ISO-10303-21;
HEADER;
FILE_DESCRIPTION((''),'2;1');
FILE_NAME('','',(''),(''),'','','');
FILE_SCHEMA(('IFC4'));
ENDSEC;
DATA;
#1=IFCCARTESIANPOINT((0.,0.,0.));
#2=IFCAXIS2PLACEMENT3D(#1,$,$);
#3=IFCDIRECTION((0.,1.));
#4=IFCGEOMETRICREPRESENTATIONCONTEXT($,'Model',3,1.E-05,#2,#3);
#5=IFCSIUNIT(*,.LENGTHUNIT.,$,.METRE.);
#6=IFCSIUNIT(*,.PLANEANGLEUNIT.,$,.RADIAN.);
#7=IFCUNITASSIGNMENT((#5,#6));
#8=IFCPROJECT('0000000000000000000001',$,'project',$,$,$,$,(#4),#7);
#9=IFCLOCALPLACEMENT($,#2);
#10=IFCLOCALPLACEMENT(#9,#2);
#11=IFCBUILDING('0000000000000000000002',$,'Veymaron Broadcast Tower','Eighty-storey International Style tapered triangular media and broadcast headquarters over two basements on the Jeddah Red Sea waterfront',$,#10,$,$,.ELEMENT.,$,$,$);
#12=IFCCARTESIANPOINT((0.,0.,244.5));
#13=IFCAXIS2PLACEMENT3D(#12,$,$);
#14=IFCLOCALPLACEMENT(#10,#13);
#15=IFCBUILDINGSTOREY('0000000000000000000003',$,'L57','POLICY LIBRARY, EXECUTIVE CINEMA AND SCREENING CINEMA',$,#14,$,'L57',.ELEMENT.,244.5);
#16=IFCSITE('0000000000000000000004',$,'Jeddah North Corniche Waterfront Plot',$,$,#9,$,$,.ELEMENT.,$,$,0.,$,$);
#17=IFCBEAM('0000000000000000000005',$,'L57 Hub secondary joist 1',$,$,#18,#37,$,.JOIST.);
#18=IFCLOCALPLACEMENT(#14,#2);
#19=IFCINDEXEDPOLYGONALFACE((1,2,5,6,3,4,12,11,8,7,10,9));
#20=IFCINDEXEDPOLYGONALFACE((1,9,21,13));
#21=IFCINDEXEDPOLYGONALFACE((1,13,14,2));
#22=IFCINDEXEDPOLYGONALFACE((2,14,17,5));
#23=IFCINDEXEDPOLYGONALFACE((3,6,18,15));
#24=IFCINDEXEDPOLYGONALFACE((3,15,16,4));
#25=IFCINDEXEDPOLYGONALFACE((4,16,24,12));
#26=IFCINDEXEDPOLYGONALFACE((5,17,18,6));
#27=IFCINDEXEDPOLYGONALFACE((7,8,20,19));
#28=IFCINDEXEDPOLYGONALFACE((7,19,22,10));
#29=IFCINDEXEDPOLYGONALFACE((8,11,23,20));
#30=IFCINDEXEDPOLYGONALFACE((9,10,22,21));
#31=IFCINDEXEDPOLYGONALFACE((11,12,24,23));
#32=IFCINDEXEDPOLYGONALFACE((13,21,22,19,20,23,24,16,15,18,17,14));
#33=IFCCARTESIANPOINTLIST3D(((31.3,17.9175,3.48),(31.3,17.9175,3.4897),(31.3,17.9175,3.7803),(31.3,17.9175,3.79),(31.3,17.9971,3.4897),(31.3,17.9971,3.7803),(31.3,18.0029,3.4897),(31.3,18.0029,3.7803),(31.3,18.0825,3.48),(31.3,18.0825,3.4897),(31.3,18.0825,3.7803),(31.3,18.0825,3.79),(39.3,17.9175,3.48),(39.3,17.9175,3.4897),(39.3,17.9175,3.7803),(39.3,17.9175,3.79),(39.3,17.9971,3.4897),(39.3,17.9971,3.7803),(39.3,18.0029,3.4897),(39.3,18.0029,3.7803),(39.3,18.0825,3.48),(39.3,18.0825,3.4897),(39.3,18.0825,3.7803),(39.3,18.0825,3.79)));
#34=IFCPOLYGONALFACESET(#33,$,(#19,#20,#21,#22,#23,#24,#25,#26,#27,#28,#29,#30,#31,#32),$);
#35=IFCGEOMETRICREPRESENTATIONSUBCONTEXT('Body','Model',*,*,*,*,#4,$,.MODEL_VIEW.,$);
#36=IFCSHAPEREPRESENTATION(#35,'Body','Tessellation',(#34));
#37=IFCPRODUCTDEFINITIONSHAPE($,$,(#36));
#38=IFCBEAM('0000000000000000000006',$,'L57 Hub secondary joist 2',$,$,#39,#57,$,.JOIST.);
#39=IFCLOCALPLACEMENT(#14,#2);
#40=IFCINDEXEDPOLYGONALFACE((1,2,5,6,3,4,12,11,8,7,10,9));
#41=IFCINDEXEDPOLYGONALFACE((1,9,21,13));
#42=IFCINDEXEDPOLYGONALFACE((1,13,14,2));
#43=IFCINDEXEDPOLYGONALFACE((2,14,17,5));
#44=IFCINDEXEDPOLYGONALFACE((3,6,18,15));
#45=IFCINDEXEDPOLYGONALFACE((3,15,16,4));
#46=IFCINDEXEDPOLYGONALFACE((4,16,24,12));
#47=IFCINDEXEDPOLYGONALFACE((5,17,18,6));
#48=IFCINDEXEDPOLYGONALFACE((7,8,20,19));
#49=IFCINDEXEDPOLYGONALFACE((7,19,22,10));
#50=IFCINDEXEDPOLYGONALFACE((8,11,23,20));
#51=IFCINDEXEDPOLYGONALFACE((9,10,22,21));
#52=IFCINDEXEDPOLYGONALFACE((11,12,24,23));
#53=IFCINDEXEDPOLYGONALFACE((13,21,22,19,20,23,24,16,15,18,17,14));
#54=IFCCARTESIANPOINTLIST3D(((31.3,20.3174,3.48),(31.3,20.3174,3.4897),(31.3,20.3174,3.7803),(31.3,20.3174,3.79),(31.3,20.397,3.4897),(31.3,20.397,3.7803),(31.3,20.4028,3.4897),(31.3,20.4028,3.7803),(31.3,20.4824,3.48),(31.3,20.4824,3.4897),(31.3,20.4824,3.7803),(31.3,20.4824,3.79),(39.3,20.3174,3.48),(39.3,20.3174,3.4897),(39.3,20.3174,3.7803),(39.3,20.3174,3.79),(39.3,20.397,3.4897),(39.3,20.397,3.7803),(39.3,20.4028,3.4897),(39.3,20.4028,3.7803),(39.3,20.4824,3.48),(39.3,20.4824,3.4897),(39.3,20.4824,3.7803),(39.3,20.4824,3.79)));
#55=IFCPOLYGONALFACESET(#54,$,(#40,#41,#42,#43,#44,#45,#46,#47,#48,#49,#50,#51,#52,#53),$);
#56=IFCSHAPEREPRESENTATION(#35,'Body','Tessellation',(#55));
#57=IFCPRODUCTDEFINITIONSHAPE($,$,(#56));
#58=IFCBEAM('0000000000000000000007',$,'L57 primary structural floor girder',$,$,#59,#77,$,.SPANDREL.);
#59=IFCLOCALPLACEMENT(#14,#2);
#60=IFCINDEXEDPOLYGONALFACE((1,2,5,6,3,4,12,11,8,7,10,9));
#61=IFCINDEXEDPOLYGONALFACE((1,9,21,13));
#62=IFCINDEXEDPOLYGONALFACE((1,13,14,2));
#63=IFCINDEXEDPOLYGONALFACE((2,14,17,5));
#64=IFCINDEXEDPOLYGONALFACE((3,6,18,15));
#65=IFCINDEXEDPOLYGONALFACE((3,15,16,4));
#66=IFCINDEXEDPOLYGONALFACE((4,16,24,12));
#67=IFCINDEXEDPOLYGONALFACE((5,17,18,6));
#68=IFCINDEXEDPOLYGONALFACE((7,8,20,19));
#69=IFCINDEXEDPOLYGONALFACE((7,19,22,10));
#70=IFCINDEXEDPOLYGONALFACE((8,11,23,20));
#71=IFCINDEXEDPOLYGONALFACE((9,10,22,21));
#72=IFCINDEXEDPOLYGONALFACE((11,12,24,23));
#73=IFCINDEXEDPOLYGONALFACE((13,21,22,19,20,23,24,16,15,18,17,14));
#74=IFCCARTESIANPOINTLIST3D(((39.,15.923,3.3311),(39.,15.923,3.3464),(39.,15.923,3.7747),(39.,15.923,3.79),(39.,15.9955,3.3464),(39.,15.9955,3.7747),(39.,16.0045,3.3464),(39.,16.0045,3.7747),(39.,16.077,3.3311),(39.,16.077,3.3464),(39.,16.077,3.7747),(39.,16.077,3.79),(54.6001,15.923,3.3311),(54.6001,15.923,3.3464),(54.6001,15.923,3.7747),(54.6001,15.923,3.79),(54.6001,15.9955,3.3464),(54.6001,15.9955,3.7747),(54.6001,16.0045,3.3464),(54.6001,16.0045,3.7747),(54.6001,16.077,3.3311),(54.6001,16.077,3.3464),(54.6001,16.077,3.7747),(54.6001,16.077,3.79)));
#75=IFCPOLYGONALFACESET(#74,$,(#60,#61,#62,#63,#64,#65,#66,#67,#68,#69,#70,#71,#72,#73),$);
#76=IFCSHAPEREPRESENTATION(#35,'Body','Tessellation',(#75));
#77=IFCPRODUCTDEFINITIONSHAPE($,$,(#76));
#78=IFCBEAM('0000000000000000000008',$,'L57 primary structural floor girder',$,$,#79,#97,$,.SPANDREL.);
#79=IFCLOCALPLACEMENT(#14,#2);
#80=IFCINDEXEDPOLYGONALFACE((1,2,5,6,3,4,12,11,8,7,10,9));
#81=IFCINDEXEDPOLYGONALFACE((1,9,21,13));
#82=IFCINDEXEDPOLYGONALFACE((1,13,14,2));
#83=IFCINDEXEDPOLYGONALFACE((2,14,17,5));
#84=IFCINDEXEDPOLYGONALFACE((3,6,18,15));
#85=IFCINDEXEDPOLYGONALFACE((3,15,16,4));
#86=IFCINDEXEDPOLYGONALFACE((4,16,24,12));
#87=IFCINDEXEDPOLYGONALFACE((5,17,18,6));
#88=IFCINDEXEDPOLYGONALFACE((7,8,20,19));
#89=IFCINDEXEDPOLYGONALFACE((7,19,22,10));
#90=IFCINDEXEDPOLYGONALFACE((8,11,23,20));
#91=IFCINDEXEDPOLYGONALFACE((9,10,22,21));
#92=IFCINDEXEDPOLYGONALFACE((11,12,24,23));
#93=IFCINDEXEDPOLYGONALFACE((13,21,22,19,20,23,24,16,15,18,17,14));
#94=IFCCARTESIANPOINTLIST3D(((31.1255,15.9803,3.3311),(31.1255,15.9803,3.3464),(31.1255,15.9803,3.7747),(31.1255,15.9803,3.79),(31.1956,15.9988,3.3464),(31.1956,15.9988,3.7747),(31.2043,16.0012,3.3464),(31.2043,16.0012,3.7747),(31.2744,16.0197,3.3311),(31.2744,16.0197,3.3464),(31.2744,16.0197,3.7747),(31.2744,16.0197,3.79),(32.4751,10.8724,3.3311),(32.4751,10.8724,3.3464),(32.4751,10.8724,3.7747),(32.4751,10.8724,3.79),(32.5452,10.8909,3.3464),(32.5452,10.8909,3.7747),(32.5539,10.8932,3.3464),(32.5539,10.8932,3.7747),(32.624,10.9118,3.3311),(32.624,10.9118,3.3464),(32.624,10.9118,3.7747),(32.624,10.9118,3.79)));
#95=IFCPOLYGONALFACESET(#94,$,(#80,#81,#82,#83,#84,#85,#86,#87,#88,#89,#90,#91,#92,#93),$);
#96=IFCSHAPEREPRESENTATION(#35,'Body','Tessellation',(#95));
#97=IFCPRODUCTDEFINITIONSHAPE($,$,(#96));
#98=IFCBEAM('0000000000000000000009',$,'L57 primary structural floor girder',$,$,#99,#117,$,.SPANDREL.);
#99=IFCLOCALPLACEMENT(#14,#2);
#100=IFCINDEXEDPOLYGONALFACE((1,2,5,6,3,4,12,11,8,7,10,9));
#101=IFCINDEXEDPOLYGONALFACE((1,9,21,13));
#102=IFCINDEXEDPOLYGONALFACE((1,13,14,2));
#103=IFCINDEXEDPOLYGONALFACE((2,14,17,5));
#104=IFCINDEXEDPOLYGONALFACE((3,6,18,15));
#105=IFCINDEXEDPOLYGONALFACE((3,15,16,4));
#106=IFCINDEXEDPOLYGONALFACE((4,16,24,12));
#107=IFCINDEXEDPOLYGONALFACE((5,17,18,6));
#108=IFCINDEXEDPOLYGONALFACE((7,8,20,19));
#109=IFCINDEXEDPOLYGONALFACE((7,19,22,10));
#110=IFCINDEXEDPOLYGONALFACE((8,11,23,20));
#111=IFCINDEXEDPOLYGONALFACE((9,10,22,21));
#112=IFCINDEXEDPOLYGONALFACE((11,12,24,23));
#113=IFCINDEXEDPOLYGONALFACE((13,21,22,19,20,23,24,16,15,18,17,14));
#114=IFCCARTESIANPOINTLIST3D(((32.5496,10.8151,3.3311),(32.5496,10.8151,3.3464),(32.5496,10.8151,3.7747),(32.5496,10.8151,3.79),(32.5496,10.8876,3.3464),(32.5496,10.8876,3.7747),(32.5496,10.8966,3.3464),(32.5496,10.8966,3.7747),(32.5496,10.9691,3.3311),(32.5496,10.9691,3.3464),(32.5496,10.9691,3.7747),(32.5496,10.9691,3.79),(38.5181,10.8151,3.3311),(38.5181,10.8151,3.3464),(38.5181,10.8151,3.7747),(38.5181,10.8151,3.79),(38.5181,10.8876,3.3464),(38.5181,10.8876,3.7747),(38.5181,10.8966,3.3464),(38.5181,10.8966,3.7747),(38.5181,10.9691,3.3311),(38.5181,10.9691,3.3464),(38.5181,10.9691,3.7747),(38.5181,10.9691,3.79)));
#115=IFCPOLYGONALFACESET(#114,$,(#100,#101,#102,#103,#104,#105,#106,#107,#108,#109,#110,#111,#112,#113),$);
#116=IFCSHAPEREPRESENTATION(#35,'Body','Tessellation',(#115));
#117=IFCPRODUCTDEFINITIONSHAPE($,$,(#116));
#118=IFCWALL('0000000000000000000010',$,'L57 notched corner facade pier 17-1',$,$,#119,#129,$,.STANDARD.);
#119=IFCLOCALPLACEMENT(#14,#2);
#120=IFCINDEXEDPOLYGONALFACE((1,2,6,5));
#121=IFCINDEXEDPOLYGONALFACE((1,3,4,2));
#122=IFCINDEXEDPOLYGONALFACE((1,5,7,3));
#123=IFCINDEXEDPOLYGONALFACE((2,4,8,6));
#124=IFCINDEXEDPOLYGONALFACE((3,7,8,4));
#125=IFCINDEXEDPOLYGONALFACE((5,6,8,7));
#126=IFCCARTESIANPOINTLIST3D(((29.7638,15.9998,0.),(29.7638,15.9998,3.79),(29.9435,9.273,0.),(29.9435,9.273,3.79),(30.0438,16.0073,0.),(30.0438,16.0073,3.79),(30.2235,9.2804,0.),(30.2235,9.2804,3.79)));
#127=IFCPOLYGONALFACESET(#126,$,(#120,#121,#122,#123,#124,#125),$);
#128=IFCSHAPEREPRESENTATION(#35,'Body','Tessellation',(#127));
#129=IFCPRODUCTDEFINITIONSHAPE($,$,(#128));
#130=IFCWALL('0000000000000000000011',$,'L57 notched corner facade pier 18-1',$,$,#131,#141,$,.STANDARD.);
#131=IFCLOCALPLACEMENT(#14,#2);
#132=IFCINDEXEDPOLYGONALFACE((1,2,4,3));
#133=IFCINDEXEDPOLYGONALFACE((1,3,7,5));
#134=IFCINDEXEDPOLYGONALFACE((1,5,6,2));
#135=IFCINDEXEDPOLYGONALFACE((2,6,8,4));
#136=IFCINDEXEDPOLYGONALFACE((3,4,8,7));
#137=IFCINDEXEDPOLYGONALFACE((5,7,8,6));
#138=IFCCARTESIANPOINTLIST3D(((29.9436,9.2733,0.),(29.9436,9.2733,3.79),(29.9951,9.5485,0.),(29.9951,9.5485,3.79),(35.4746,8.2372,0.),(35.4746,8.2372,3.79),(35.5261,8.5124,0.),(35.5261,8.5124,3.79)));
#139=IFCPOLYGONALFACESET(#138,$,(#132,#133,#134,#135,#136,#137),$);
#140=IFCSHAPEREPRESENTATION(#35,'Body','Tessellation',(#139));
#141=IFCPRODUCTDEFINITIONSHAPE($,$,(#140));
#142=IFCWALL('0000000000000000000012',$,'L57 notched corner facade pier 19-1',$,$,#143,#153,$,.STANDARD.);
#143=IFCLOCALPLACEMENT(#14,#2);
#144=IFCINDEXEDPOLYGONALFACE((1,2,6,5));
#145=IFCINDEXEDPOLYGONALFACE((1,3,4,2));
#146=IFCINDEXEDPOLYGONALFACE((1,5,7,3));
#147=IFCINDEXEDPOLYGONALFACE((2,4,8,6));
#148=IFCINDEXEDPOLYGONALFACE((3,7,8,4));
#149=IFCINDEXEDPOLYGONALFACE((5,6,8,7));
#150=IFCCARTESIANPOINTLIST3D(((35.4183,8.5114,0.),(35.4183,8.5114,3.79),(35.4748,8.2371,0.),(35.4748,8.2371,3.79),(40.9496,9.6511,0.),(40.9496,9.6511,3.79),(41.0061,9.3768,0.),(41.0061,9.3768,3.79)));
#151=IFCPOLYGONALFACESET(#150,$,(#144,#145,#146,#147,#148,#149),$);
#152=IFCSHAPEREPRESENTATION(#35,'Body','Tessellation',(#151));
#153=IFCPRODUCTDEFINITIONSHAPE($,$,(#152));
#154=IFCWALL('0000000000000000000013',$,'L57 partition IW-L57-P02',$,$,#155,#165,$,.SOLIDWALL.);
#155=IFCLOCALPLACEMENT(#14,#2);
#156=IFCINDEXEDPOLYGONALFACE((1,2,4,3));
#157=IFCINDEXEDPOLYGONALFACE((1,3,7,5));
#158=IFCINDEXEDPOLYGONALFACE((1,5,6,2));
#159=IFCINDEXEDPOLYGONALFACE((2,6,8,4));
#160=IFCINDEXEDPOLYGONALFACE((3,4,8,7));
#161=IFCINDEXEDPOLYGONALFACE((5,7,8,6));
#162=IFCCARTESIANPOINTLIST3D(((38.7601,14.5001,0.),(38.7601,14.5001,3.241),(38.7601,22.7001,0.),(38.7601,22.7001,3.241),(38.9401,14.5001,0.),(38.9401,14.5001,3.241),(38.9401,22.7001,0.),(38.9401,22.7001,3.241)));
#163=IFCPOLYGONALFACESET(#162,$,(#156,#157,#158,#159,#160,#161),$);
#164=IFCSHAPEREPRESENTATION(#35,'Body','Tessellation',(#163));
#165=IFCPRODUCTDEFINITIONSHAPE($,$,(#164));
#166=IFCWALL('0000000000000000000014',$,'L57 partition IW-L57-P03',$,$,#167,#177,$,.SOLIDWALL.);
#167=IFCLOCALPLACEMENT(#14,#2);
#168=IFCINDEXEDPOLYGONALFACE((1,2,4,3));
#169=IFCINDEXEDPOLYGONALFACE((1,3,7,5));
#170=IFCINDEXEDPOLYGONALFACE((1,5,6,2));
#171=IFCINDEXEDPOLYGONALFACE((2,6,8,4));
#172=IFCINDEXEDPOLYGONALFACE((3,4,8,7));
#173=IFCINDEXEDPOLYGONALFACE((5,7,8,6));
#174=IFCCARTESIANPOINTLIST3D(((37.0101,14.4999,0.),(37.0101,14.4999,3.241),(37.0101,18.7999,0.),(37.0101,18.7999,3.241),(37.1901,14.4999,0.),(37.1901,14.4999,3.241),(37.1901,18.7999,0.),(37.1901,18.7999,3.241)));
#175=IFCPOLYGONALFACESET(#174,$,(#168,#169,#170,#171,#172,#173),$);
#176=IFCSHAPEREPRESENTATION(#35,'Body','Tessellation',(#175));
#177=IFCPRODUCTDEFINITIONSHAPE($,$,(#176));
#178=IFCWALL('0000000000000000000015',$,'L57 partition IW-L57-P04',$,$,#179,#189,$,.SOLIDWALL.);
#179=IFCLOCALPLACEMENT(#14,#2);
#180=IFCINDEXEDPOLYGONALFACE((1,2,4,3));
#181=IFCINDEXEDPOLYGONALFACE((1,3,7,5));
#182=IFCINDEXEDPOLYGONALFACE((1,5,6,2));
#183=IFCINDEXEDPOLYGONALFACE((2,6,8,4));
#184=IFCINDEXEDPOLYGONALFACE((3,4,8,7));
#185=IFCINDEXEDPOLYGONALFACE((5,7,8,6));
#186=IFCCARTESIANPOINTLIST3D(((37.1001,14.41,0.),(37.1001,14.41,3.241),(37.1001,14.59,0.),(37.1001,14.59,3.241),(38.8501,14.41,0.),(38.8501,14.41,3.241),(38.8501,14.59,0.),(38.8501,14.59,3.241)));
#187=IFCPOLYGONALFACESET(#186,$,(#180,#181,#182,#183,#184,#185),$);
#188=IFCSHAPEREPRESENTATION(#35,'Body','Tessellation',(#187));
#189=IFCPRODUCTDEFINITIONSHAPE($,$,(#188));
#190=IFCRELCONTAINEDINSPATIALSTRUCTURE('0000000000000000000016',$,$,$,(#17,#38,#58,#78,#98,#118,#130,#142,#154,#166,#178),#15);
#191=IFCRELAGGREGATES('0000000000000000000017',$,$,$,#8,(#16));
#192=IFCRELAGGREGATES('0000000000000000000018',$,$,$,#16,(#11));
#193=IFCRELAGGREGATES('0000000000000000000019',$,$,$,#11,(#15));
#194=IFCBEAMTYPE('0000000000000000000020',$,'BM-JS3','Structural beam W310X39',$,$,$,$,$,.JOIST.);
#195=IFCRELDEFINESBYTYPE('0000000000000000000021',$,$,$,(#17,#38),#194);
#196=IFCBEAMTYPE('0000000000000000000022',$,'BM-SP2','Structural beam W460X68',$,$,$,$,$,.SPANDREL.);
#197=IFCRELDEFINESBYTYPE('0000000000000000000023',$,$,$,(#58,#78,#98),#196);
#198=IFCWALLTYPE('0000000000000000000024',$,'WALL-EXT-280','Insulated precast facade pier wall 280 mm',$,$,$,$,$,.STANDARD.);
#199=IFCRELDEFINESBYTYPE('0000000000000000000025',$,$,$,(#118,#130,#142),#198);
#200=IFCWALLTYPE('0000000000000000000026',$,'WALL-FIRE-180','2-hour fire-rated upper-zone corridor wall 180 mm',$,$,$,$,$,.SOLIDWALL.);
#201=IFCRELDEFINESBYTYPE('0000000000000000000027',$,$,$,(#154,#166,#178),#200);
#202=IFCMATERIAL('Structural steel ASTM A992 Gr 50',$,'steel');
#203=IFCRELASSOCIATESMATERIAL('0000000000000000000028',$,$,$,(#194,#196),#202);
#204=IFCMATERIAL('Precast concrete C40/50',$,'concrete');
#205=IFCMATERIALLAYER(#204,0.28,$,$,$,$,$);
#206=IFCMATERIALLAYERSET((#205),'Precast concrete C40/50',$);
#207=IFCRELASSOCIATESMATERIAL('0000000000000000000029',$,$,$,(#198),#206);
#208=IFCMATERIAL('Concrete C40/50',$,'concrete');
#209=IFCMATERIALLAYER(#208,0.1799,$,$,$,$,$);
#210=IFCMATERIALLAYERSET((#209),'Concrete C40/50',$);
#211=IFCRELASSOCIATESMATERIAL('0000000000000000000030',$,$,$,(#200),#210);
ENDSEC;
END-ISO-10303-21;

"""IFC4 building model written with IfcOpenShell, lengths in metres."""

from ifc_helpers import new_model, si_unit, direction, frame, frame_2d, origin, origin_2d, place, context, subcontext, project, spatial, rectangle, i_section, extrude, material, layer, layer_set, material_profile, profile_set, type_object, element, save


model = new_model("IFC4")

# Units and contexts
model_context = context("Model", 3, precision=1e-05, world=origin(), true_north=direction((0.0, 1.0)))
body_context = subcontext(model_context, "Body", "Model", "MODEL_VIEW")
ifc_project = project(units=[si_unit("LENGTHUNIT", "METRE"), si_unit("PLANEANGLEUNIT", "RADIAN")], contexts=[model_context])

# Site, building, storey
site_placement = place(None, origin())
site = spatial("IfcSite", under=ifc_project, at=site_placement, Name="Jeddah North Corniche Waterfront Plot", CompositionType="ELEMENT", RefElevation=0.0)
building_placement = place(site_placement, origin())
building = spatial("IfcBuilding", under=site, at=building_placement, Name="Veymaron Broadcast Tower", Description="Eighty-storey International Style tapered triangular media and broadcast headquarters over two basements on the Jeddah Red Sea waterfront", CompositionType="ELEMENT")
storey_placement = place(building_placement, frame((0.0, 0.0, 244.5)))
storey = spatial("IfcBuildingStorey", under=building, at=storey_placement, Name="L57", Description="POLICY LIBRARY, EXECUTIVE CINEMA AND SCREENING CINEMA", LongName="L57", CompositionType="ELEMENT", Elevation=244.5)

# Shared definitions
ifc_material_1 = material(Name="Structural steel ASTM A992 Gr 50", Category="steel")

# Beams
ifc_material_profile_1 = material_profile(ifc_material_1, i_section(OverallWidth=0.165, OverallDepth=0.3101, WebThickness=0.0059, FlangeThickness=0.0098, at=origin_2d()), Name="W310X39")
ifc_profile_set_1 = profile_set([ifc_material_profile_1], Name="Structural steel ASTM A992 Gr 50")
beam_type_1 = type_object("IfcBeamType", Name="BM-JS3", Description="Structural beam W310X39", PredefinedType="JOIST", material=ifc_profile_set_1)
for number, where, z_axis, x_axis, name in (
    (1, (31.3, 18.0, 3.635), (1.0, 0.0, 0.0), (0.0, 1.0, 0.0), "L57 Hub secondary joist 1"),
    (2, (31.3, 20.3999, 3.635), (1.0, 0.0, 0.0), (0.0, 1.0, 0.0), "L57 Hub secondary joist 2"),
):
    element("IfcBeam", number, at=place(storey_placement, frame(where, z_axis=z_axis, x_axis=x_axis)), inside=storey, type_object=beam_type_1, Name=name, PredefinedType="JOIST", context=body_context, shape_type="SweptSolid", body=[
        extrude(i_section(OverallWidth=0.165, OverallDepth=0.3101, WebThickness=0.0059, FlangeThickness=0.0098, at=origin_2d()), origin(), (0.0, 0.0, 1.0), 8.0),
    ])
ifc_material_profile_2 = material_profile(ifc_material_1, i_section(OverallWidth=0.1541, OverallDepth=0.459, WebThickness=0.009, FlangeThickness=0.0154, at=origin_2d()), Name="W460X68")
ifc_profile_set_2 = profile_set([ifc_material_profile_2], Name="Structural steel ASTM A992 Gr 50")
beam_type_2 = type_object("IfcBeamType", Name="BM-SP2", Description="Structural beam W460X68", PredefinedType="SPANDREL", material=ifc_profile_set_2)
beam_1_placement = place(storey_placement, frame((39.0, 16.0, 3.5605), z_axis=(1.0, 0.0, 0.0), x_axis=(0.0, 1.0, 0.0)))
element("IfcBeam", 3, at=beam_1_placement, inside=storey, type_object=beam_type_2, Name="L57 primary structural floor girder", PredefinedType="SPANDREL", context=body_context, shape_type="SweptSolid", body=[
    extrude(i_section(OverallWidth=0.1541, OverallDepth=0.459, WebThickness=0.009, FlangeThickness=0.0154, at=origin_2d()), origin(), (0.0, 0.0, 1.0), 15.6001),
])
beam_2_placement = place(storey_placement, frame((31.2, 16.0, 3.5605), z_axis=(0.255453, -0.966821, 0.0), x_axis=(0.966821, 0.255453, 0.0)))
element("IfcBeam", 4, at=beam_2_placement, inside=storey, type_object=beam_type_2, Name="L57 primary structural floor girder", PredefinedType="SPANDREL", context=body_context, shape_type="SweptSolid", body=[
    extrude(i_section(OverallWidth=0.1541, OverallDepth=0.459, WebThickness=0.009, FlangeThickness=0.0154, at=origin_2d()), origin(), (0.0, 0.0, 1.0), 5.2832),
])
beam_3_placement = place(storey_placement, frame((32.5496, 10.8921, 3.5605), z_axis=(1.0, 0.0, 0.0), x_axis=(0.0, 1.0, 0.0)))
element("IfcBeam", 5, at=beam_3_placement, inside=storey, type_object=beam_type_2, Name="L57 primary structural floor girder", PredefinedType="SPANDREL", context=body_context, shape_type="SweptSolid", body=[
    extrude(i_section(OverallWidth=0.1541, OverallDepth=0.459, WebThickness=0.009, FlangeThickness=0.0154, at=origin_2d()), origin(), (0.0, 0.0, 1.0), 5.9685),
])

# Walls
ifc_material_2 = material(Name="Precast concrete C40/50", Category="concrete")
ifc_layer_1 = layer(ifc_material_2, 0.28)
ifc_layer_set_1 = layer_set([ifc_layer_1], Name="Precast concrete C40/50")
wall_type_1 = type_object("IfcWallType", Name="WALL-EXT-280", Description="Insulated precast facade pier wall 280 mm", PredefinedType="STANDARD", material=ifc_layer_set_1)
wall_1_placement = place(storey_placement, frame((29.9038, 16.0037, 0.0), z_axis=(0.0, 0.0, 1.0), x_axis=(0.026703, -0.999643, 0.0)))
element("IfcWall", 6, at=wall_1_placement, inside=storey, type_object=wall_type_1, Name="L57 notched corner facade pier 17-1", PredefinedType="STANDARD", context=body_context, shape_type="SweptSolid", body=[
    extrude(rectangle(XDim=6.7292, YDim=0.28, at=frame_2d((3.3647, 0.0))), origin(), (0.0, 0.0, 1.0), 3.79),
])
wall_2_placement = place(storey_placement, frame((29.9695, 9.4109, 0.0), z_axis=(0.0, 0.0, 1.0), x_axis=(0.982902, -0.184129, 0.0)))
element("IfcWall", 7, at=wall_2_placement, inside=storey, type_object=wall_type_1, Name="L57 notched corner facade pier 18-1", PredefinedType="STANDARD", context=body_context, shape_type="SweptSolid", body=[
    extrude(rectangle(XDim=5.6272, YDim=0.28, at=frame_2d((2.8135, 0.0))), origin(), (0.0, 0.0, 1.0), 3.79),
])
wall_3_placement = place(storey_placement, frame((35.4465, 8.3743, 0.0), z_axis=(0.0, 0.0, 1.0), x_axis=(0.979427, 0.201799, 0.0)))
element("IfcWall", 8, at=wall_3_placement, inside=storey, type_object=wall_type_1, Name="L57 notched corner facade pier 19-1", PredefinedType="STANDARD", context=body_context, shape_type="SweptSolid", body=[
    extrude(rectangle(XDim=5.6475, YDim=0.28, at=frame_2d((2.8237, 0.0))), origin(), (0.0, 0.0, 1.0), 3.79),
])
ifc_material_3 = material(Name="Concrete C40/50", Category="concrete")
ifc_layer_2 = layer(ifc_material_3, 0.1799)
ifc_layer_set_2 = layer_set([ifc_layer_2], Name="Concrete C40/50")
wall_type_2 = type_object("IfcWallType", Name="WALL-FIRE-180", Description="2-hour fire-rated upper-zone corridor wall 180 mm", PredefinedType="SOLIDWALL", material=ifc_layer_set_2)
wall_4_placement = place(storey_placement, frame((38.8501, 14.5, 0.0), z_axis=(0.0, 0.0, 1.0), x_axis=(0.0, 1.0, 0.0)))
element("IfcWall", 9, at=wall_4_placement, inside=storey, type_object=wall_type_2, Name="L57 partition IW-L57-P02", PredefinedType="SOLIDWALL", context=body_context, shape_type="SweptSolid", body=[
    extrude(rectangle(XDim=8.2, YDim=0.1799, at=frame_2d((4.1001, 0.0))), origin(), (0.0, 0.0, 1.0), 3.241),
])
wall_5_placement = place(storey_placement, frame((37.1001, 14.5, 0.0), z_axis=(0.0, 0.0, 1.0), x_axis=(0.0, 1.0, 0.0)))
element("IfcWall", 10, at=wall_5_placement, inside=storey, type_object=wall_type_2, Name="L57 partition IW-L57-P03", PredefinedType="SOLIDWALL", context=body_context, shape_type="SweptSolid", body=[
    extrude(rectangle(XDim=4.3, YDim=0.1799, at=frame_2d((2.1499, 0.0))), origin(), (0.0, 0.0, 1.0), 3.241),
])
wall_6_placement = place(storey_placement, frame((37.1001, 14.5, 0.0), z_axis=(0.0, 0.0, 1.0), x_axis=(1.0, 0.0, 0.0)))
element("IfcWall", 11, at=wall_6_placement, inside=storey, type_object=wall_type_2, Name="L57 partition IW-L57-P04", PredefinedType="SOLIDWALL", context=body_context, shape_type="SweptSolid", body=[
    extrude(rectangle(XDim=1.75, YDim=0.1799, at=frame_2d((0.875, 0.0))), origin(), (0.0, 0.0, 1.0), 3.241),
])

save(model, "model.ifc")
